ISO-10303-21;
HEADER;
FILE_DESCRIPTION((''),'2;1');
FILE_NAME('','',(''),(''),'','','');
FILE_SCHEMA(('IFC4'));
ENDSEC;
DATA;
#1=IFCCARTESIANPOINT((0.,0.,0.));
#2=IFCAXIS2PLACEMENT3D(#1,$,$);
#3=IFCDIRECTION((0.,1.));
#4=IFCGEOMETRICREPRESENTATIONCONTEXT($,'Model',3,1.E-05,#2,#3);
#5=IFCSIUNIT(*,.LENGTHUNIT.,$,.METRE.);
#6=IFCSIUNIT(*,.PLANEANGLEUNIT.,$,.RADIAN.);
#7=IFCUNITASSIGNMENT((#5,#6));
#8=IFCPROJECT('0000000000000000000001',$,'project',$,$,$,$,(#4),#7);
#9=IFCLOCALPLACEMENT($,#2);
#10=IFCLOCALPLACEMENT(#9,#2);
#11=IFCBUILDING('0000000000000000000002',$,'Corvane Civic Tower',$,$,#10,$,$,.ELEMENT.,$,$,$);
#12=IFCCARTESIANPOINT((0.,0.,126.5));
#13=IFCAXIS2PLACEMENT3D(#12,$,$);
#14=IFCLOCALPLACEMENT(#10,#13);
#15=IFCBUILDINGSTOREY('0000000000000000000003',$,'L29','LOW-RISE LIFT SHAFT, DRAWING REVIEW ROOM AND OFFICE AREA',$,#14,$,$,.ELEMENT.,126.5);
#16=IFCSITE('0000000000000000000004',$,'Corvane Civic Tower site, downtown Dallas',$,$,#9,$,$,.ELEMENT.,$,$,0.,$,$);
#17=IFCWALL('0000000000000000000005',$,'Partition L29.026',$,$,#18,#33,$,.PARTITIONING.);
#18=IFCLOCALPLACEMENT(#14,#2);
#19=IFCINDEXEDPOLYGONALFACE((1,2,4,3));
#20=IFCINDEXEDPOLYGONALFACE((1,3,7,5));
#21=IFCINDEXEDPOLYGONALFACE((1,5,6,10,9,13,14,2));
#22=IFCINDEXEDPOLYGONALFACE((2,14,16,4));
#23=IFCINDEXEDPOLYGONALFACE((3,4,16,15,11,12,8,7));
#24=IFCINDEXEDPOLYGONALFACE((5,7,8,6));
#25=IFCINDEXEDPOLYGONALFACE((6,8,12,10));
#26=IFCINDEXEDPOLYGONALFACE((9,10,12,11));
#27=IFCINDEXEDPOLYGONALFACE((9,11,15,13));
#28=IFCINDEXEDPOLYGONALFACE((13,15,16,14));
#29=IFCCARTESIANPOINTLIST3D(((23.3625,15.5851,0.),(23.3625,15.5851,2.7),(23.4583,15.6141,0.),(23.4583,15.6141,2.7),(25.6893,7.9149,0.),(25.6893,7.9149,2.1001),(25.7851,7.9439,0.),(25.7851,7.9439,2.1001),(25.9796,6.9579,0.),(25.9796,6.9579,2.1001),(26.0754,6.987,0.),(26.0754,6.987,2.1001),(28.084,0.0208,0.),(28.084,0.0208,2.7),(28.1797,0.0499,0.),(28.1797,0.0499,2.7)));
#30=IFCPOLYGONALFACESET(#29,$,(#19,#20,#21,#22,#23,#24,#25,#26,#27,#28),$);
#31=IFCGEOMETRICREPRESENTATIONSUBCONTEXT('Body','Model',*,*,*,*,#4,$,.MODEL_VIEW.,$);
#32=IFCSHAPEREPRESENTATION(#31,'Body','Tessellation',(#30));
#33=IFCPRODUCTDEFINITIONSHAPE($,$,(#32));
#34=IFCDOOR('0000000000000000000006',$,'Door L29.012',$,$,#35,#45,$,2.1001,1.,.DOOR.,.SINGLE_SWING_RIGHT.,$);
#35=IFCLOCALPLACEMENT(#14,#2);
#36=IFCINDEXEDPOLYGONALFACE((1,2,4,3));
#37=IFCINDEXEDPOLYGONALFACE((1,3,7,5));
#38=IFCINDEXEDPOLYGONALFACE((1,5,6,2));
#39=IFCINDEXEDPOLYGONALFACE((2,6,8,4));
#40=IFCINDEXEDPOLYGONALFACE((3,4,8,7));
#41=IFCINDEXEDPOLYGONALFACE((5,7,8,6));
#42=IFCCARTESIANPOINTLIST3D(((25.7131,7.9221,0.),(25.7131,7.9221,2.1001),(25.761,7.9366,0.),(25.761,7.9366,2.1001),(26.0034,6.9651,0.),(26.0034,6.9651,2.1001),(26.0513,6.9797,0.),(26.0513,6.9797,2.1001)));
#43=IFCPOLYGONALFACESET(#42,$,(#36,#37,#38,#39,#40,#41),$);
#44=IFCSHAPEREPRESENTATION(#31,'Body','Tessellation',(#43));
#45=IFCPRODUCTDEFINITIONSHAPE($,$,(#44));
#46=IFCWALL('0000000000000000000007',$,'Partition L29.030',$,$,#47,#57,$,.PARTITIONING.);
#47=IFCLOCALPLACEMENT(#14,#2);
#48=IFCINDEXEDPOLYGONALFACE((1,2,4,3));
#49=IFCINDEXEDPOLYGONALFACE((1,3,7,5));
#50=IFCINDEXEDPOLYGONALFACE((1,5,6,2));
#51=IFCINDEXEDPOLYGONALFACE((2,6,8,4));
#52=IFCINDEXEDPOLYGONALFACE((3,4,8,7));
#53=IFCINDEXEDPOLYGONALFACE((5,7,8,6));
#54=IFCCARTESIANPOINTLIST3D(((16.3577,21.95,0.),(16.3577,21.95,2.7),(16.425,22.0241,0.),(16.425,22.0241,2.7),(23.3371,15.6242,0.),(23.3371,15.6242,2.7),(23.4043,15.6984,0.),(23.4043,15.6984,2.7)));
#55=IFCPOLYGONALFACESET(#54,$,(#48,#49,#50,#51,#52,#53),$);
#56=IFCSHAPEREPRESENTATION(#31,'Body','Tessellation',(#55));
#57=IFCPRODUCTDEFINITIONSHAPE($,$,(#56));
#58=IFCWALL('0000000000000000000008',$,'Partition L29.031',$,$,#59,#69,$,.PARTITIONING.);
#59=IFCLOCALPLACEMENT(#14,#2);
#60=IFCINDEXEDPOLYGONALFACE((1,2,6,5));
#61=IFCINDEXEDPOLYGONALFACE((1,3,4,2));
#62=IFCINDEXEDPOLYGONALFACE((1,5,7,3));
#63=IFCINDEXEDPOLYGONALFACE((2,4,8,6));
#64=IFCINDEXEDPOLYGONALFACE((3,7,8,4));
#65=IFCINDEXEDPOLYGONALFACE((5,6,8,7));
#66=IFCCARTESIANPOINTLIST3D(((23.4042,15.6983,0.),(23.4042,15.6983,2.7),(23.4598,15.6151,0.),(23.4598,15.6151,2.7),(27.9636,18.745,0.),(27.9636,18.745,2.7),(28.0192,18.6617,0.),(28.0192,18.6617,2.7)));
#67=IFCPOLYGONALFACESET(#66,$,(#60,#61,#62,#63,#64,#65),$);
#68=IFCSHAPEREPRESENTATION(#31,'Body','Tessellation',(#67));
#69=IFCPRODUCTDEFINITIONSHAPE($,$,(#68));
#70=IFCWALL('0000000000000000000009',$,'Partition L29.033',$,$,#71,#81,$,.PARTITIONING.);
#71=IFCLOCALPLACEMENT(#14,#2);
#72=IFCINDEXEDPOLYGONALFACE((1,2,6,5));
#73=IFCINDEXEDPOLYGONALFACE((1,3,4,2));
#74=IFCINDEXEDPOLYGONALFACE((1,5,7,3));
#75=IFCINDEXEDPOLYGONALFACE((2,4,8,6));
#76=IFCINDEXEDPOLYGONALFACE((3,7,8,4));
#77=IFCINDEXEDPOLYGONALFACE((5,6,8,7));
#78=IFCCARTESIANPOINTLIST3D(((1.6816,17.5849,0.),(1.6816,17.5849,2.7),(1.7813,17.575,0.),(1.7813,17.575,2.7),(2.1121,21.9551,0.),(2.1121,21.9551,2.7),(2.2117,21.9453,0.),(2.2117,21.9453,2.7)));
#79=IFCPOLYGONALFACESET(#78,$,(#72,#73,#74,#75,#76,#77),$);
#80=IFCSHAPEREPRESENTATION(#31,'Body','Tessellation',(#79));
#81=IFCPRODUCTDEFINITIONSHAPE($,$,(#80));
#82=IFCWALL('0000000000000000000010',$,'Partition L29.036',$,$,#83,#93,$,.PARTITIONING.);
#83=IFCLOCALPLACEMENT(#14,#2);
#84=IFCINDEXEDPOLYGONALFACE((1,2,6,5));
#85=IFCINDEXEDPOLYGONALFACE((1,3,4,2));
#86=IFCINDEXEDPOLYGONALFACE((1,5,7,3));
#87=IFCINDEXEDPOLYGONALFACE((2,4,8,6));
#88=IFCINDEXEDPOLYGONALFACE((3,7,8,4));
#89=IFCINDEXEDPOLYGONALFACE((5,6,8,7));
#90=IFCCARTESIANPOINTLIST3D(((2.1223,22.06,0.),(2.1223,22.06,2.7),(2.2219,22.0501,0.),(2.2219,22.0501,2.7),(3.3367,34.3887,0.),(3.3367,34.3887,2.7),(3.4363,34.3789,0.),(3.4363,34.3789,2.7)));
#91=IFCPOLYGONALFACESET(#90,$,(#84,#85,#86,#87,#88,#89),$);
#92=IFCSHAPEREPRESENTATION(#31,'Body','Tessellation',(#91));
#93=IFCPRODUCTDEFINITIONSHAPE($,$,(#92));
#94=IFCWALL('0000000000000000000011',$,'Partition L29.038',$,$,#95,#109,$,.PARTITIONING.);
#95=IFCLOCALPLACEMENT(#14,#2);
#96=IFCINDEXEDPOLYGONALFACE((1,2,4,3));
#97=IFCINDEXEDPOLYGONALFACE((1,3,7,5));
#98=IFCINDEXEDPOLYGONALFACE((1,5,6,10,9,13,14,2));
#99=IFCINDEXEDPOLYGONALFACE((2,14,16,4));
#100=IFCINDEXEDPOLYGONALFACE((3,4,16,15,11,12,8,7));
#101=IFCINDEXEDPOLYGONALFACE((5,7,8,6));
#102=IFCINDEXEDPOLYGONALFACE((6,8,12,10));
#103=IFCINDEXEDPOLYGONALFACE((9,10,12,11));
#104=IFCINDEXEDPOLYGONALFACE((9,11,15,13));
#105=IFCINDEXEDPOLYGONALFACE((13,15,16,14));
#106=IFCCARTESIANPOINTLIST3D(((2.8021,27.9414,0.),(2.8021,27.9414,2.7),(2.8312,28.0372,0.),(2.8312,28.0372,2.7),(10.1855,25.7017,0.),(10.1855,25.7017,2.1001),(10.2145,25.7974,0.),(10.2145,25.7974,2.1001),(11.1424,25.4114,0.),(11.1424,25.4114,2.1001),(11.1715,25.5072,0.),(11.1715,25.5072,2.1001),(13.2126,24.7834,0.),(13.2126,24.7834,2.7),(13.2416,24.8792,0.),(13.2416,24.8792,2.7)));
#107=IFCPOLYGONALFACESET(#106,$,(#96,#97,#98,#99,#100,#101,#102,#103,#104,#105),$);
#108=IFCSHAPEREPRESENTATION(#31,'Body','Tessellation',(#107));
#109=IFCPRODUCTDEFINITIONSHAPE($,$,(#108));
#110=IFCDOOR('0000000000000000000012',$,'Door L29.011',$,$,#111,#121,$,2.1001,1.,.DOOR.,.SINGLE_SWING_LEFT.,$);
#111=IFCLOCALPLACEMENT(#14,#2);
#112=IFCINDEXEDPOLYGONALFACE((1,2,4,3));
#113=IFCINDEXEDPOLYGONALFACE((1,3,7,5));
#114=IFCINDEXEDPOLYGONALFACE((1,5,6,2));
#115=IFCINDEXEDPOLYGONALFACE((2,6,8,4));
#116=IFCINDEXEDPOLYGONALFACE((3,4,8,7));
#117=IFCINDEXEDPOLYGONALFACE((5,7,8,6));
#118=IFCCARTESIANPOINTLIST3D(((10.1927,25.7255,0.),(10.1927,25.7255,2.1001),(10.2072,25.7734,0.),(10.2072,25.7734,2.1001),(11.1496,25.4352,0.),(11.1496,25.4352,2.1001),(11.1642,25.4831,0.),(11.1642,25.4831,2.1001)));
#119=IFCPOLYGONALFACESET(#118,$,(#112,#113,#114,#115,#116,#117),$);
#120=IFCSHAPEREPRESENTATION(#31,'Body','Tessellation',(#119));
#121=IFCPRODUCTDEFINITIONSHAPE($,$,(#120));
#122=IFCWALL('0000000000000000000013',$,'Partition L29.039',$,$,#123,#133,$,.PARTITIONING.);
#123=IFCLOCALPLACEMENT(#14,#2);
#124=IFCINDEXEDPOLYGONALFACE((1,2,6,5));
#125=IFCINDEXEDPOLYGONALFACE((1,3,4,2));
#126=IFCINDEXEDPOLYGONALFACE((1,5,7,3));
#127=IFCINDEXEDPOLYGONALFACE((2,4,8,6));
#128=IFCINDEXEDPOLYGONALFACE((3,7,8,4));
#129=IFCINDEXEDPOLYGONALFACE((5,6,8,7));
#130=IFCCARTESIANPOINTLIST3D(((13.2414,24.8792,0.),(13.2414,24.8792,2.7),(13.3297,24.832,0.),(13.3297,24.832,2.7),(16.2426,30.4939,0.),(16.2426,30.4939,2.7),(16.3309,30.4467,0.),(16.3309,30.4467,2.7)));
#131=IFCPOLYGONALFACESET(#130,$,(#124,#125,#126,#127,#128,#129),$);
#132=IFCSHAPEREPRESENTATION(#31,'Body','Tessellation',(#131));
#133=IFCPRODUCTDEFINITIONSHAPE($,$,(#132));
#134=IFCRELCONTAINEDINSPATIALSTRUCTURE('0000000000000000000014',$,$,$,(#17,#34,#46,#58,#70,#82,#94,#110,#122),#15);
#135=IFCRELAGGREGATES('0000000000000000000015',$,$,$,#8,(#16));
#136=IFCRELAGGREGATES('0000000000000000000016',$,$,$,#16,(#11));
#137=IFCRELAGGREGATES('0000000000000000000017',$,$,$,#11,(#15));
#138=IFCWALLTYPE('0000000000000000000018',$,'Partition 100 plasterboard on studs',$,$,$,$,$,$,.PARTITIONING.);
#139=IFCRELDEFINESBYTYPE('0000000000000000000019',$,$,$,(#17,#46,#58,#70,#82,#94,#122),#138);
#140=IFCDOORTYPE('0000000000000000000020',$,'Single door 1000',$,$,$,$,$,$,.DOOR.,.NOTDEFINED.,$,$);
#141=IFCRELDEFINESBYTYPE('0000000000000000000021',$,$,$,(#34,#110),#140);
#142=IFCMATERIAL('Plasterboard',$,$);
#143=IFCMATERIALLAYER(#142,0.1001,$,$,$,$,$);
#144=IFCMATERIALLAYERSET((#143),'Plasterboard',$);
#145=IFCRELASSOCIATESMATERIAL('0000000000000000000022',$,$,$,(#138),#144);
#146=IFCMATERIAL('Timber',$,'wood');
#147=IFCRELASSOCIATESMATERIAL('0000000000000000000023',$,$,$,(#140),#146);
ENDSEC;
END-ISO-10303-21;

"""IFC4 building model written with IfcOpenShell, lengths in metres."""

from ifc_helpers import new_model, si_unit, direction, frame, frame_2d, origin, place, context, subcontext, project, spatial, rectangle, extrude, material, layer, layer_set, type_object, element, fill, save


model = new_model("IFC4")

# Units and contexts
model_context = context("Model", 3, precision=1e-05, world=origin(), true_north=direction((0.0, 1.0)))
body_context = subcontext(model_context, "Body", "Model", "MODEL_VIEW")
ifc_project = project(units=[si_unit("LENGTHUNIT", "METRE"), si_unit("PLANEANGLEUNIT", "RADIAN")], contexts=[model_context])

# Site, building, storey
site_placement = place(None, origin())
site = spatial("IfcSite", under=ifc_project, at=site_placement, Name="Corvane Civic Tower site, downtown Dallas", CompositionType="ELEMENT", RefElevation=0.0)
building_placement = place(site_placement, origin())
building = spatial("IfcBuilding", under=site, at=building_placement, Name="Corvane Civic Tower", CompositionType="ELEMENT")
storey_placement = place(building_placement, frame((0.0, 0.0, 126.5)))
storey = spatial("IfcBuildingStorey", under=building, at=storey_placement, Name="L29", Description="LOW-RISE LIFT SHAFT, DRAWING REVIEW ROOM AND OFFICE AREA", CompositionType="ELEMENT", Elevation=126.5)

# Wall, opening, door
ifc_material_1 = material(Name="Plasterboard")
ifc_layer_1 = layer(ifc_material_1, 0.1001)
ifc_layer_set_1 = layer_set([ifc_layer_1], Name="Plasterboard")
wall_type = type_object("IfcWallType", Name="Partition 100 plasterboard on studs", PredefinedType="PARTITIONING", material=ifc_layer_set_1)
wall_1_placement = place(storey_placement, frame((23.4104, 15.5996, 0.0), z_axis=(0.0, 0.0, 1.0), x_axis=(0.290289, -0.956939, 0.0)))
wall_1 = element("IfcWall", 1, at=wall_1_placement, inside=storey, type_object=wall_type, Name="Partition L29.026", PredefinedType="PARTITIONING", context=body_context, shape_type="SweptSolid", body=[
    extrude(rectangle(XDim=16.2646, YDim=0.1001, at=frame_2d((8.1323, 0.0))), origin(), (0.0, 0.0, 1.0), 2.7),
])
opening_1_placement = place(wall_1_placement, frame((8.0154, 0.0, 0.0)))
opening_1 = element("IfcOpeningElement", 2, at=opening_1_placement, cuts=wall_1, PredefinedType="OPENING", context=body_context, shape_type="SweptSolid", body=[
    extrude(rectangle(XDim=1.0, YDim=2.1001, at=frame_2d((0.5, 1.05))), frame((0.0, 0.0601, 0.0), z_axis=(0.0, -1.0, 0.0), x_axis=(1.0, 0.0, 0.0)), (0.0, 0.0, 1.0), 0.1201),
])
ifc_material_2 = material(Name="Timber", Category="wood")
door_type = type_object("IfcDoorType", Name="Single door 1000", OperationType="NOTDEFINED", PredefinedType="DOOR", material=ifc_material_2)
door_1_placement = place(opening_1_placement, origin())
door_1 = element("IfcDoor", 3, at=door_1_placement, inside=storey, type_object=door_type, Name="Door L29.012", OperationType="SINGLE_SWING_RIGHT", OverallHeight=2.1001, OverallWidth=1.0, PredefinedType="DOOR", context=body_context, shape_type="SweptSolid", body=[
    extrude(rectangle(XDim=1.0, YDim=2.1001, at=frame_2d((0.5, 1.05))), frame((0.0, 0.0249, 0.0), z_axis=(0.0, -1.0, 0.0), x_axis=(1.0, 0.0, 0.0)), (0.0, 0.0, 1.0), 0.05),
])
fill(opening_1, door_1)

# Walls
wall_2_placement = place(storey_placement, frame((16.3914, 21.9871, 0.0), z_axis=(0.0, 0.0, 1.0), x_axis=(0.740948, -0.671563, 0.0)))
element("IfcWall", 4, at=wall_2_placement, inside=storey, type_object=wall_type, Name="Partition L29.030", PredefinedType="PARTITIONING", context=body_context, shape_type="SweptSolid", body=[
    extrude(rectangle(XDim=9.4194, YDim=0.1001, at=frame_2d((4.7097, 0.0))), origin(), (0.0, 0.0, 1.0), 2.7),
])
wall_3_placement = place(storey_placement, frame((23.4321, 15.6567, 0.0), z_axis=(0.0, 0.0, 1.0), x_axis=(0.831454, 0.555594, 0.0)))
element("IfcWall", 5, at=wall_3_placement, inside=storey, type_object=wall_type, Name="Partition L29.031", PredefinedType="PARTITIONING", context=body_context, shape_type="SweptSolid", body=[
    extrude(rectangle(XDim=5.4836, YDim=0.1001, at=frame_2d((2.7417, 0.0))), origin(), (0.0, 0.0, 1.0), 2.7),
])
wall_4_placement = place(storey_placement, frame((1.7314, 17.5798, 0.0), z_axis=(0.0, 0.0, 1.0), x_axis=(0.098017, 0.995185, 0.0)))
element("IfcWall", 6, at=wall_4_placement, inside=storey, type_object=wall_type, Name="Partition L29.033", PredefinedType="PARTITIONING", context=body_context, shape_type="SweptSolid", body=[
    extrude(rectangle(XDim=4.3914, YDim=0.1001, at=frame_2d((2.1958, 0.0))), origin(), (0.0, 0.0, 1.0), 2.7),
])
wall_5_placement = place(storey_placement, frame((2.1721, 22.0549, 0.0), z_axis=(0.0, 0.0, 1.0), x_axis=(0.098023, 0.995184, 0.0)))
element("IfcWall", 7, at=wall_5_placement, inside=storey, type_object=wall_type, Name="Partition L29.036", PredefinedType="PARTITIONING", context=body_context, shape_type="SweptSolid", body=[
    extrude(rectangle(XDim=12.3884, YDim=0.1001, at=frame_2d((6.1943, 0.0))), origin(), (0.0, 0.0, 1.0), 2.7),
])

# Wall, opening, door
wall_6_placement = place(storey_placement, frame((2.8167, 27.9893, 0.0), z_axis=(0.0, 0.0, 1.0), x_axis=(0.95694, -0.290285, 0.0)))
wall_6 = element("IfcWall", 8, at=wall_6_placement, inside=storey, type_object=wall_type, Name="Partition L29.038", PredefinedType="PARTITIONING", context=body_context, shape_type="SweptSolid", body=[
    extrude(rectangle(XDim=10.8789, YDim=0.1001, at=frame_2d((5.4395, 0.0))), origin(), (0.0, 0.0, 1.0), 2.7),
])
opening_2_placement = place(wall_6_placement, frame((7.7156, 0.0, 0.0)))
opening_2 = element("IfcOpeningElement", 9, at=opening_2_placement, cuts=wall_6, PredefinedType="OPENING", context=body_context, shape_type="SweptSolid", body=[
    extrude(rectangle(XDim=1.0, YDim=2.1001, at=frame_2d((0.5, 1.05))), frame((0.0, 0.0601, 0.0), z_axis=(0.0, -1.0, 0.0), x_axis=(1.0, 0.0, 0.0)), (0.0, 0.0, 1.0), 0.1201),
])
door_2_placement = place(opening_2_placement, origin())
door_2 = element("IfcDoor", 10, at=door_2_placement, inside=storey, type_object=door_type, Name="Door L29.011", OperationType="SINGLE_SWING_LEFT", OverallHeight=2.1001, OverallWidth=1.0, PredefinedType="DOOR", context=body_context, shape_type="SweptSolid", body=[
    extrude(rectangle(XDim=1.0, YDim=2.1001, at=frame_2d((0.5, 1.05))), frame((0.0, 0.0249, 0.0), z_axis=(0.0, -1.0, 0.0), x_axis=(1.0, 0.0, 0.0)), (0.0, 0.0, 1.0), 0.05),
])
fill(opening_2, door_2)

# Wall
wall_7_placement = place(storey_placement, frame((13.2856, 24.8557, 0.0), z_axis=(0.0, 0.0, 1.0), x_axis=(0.471406, 0.881916, 0.0)))
element("IfcWall", 11, at=wall_7_placement, inside=storey, type_object=wall_type, Name="Partition L29.039", PredefinedType="PARTITIONING", context=body_context, shape_type="SweptSolid", body=[
    extrude(rectangle(XDim=6.3665, YDim=0.1001, at=frame_2d((3.1831, 0.0))), origin(), (0.0, 0.0, 1.0), 2.7),
])

save(model, "model.ifc")
